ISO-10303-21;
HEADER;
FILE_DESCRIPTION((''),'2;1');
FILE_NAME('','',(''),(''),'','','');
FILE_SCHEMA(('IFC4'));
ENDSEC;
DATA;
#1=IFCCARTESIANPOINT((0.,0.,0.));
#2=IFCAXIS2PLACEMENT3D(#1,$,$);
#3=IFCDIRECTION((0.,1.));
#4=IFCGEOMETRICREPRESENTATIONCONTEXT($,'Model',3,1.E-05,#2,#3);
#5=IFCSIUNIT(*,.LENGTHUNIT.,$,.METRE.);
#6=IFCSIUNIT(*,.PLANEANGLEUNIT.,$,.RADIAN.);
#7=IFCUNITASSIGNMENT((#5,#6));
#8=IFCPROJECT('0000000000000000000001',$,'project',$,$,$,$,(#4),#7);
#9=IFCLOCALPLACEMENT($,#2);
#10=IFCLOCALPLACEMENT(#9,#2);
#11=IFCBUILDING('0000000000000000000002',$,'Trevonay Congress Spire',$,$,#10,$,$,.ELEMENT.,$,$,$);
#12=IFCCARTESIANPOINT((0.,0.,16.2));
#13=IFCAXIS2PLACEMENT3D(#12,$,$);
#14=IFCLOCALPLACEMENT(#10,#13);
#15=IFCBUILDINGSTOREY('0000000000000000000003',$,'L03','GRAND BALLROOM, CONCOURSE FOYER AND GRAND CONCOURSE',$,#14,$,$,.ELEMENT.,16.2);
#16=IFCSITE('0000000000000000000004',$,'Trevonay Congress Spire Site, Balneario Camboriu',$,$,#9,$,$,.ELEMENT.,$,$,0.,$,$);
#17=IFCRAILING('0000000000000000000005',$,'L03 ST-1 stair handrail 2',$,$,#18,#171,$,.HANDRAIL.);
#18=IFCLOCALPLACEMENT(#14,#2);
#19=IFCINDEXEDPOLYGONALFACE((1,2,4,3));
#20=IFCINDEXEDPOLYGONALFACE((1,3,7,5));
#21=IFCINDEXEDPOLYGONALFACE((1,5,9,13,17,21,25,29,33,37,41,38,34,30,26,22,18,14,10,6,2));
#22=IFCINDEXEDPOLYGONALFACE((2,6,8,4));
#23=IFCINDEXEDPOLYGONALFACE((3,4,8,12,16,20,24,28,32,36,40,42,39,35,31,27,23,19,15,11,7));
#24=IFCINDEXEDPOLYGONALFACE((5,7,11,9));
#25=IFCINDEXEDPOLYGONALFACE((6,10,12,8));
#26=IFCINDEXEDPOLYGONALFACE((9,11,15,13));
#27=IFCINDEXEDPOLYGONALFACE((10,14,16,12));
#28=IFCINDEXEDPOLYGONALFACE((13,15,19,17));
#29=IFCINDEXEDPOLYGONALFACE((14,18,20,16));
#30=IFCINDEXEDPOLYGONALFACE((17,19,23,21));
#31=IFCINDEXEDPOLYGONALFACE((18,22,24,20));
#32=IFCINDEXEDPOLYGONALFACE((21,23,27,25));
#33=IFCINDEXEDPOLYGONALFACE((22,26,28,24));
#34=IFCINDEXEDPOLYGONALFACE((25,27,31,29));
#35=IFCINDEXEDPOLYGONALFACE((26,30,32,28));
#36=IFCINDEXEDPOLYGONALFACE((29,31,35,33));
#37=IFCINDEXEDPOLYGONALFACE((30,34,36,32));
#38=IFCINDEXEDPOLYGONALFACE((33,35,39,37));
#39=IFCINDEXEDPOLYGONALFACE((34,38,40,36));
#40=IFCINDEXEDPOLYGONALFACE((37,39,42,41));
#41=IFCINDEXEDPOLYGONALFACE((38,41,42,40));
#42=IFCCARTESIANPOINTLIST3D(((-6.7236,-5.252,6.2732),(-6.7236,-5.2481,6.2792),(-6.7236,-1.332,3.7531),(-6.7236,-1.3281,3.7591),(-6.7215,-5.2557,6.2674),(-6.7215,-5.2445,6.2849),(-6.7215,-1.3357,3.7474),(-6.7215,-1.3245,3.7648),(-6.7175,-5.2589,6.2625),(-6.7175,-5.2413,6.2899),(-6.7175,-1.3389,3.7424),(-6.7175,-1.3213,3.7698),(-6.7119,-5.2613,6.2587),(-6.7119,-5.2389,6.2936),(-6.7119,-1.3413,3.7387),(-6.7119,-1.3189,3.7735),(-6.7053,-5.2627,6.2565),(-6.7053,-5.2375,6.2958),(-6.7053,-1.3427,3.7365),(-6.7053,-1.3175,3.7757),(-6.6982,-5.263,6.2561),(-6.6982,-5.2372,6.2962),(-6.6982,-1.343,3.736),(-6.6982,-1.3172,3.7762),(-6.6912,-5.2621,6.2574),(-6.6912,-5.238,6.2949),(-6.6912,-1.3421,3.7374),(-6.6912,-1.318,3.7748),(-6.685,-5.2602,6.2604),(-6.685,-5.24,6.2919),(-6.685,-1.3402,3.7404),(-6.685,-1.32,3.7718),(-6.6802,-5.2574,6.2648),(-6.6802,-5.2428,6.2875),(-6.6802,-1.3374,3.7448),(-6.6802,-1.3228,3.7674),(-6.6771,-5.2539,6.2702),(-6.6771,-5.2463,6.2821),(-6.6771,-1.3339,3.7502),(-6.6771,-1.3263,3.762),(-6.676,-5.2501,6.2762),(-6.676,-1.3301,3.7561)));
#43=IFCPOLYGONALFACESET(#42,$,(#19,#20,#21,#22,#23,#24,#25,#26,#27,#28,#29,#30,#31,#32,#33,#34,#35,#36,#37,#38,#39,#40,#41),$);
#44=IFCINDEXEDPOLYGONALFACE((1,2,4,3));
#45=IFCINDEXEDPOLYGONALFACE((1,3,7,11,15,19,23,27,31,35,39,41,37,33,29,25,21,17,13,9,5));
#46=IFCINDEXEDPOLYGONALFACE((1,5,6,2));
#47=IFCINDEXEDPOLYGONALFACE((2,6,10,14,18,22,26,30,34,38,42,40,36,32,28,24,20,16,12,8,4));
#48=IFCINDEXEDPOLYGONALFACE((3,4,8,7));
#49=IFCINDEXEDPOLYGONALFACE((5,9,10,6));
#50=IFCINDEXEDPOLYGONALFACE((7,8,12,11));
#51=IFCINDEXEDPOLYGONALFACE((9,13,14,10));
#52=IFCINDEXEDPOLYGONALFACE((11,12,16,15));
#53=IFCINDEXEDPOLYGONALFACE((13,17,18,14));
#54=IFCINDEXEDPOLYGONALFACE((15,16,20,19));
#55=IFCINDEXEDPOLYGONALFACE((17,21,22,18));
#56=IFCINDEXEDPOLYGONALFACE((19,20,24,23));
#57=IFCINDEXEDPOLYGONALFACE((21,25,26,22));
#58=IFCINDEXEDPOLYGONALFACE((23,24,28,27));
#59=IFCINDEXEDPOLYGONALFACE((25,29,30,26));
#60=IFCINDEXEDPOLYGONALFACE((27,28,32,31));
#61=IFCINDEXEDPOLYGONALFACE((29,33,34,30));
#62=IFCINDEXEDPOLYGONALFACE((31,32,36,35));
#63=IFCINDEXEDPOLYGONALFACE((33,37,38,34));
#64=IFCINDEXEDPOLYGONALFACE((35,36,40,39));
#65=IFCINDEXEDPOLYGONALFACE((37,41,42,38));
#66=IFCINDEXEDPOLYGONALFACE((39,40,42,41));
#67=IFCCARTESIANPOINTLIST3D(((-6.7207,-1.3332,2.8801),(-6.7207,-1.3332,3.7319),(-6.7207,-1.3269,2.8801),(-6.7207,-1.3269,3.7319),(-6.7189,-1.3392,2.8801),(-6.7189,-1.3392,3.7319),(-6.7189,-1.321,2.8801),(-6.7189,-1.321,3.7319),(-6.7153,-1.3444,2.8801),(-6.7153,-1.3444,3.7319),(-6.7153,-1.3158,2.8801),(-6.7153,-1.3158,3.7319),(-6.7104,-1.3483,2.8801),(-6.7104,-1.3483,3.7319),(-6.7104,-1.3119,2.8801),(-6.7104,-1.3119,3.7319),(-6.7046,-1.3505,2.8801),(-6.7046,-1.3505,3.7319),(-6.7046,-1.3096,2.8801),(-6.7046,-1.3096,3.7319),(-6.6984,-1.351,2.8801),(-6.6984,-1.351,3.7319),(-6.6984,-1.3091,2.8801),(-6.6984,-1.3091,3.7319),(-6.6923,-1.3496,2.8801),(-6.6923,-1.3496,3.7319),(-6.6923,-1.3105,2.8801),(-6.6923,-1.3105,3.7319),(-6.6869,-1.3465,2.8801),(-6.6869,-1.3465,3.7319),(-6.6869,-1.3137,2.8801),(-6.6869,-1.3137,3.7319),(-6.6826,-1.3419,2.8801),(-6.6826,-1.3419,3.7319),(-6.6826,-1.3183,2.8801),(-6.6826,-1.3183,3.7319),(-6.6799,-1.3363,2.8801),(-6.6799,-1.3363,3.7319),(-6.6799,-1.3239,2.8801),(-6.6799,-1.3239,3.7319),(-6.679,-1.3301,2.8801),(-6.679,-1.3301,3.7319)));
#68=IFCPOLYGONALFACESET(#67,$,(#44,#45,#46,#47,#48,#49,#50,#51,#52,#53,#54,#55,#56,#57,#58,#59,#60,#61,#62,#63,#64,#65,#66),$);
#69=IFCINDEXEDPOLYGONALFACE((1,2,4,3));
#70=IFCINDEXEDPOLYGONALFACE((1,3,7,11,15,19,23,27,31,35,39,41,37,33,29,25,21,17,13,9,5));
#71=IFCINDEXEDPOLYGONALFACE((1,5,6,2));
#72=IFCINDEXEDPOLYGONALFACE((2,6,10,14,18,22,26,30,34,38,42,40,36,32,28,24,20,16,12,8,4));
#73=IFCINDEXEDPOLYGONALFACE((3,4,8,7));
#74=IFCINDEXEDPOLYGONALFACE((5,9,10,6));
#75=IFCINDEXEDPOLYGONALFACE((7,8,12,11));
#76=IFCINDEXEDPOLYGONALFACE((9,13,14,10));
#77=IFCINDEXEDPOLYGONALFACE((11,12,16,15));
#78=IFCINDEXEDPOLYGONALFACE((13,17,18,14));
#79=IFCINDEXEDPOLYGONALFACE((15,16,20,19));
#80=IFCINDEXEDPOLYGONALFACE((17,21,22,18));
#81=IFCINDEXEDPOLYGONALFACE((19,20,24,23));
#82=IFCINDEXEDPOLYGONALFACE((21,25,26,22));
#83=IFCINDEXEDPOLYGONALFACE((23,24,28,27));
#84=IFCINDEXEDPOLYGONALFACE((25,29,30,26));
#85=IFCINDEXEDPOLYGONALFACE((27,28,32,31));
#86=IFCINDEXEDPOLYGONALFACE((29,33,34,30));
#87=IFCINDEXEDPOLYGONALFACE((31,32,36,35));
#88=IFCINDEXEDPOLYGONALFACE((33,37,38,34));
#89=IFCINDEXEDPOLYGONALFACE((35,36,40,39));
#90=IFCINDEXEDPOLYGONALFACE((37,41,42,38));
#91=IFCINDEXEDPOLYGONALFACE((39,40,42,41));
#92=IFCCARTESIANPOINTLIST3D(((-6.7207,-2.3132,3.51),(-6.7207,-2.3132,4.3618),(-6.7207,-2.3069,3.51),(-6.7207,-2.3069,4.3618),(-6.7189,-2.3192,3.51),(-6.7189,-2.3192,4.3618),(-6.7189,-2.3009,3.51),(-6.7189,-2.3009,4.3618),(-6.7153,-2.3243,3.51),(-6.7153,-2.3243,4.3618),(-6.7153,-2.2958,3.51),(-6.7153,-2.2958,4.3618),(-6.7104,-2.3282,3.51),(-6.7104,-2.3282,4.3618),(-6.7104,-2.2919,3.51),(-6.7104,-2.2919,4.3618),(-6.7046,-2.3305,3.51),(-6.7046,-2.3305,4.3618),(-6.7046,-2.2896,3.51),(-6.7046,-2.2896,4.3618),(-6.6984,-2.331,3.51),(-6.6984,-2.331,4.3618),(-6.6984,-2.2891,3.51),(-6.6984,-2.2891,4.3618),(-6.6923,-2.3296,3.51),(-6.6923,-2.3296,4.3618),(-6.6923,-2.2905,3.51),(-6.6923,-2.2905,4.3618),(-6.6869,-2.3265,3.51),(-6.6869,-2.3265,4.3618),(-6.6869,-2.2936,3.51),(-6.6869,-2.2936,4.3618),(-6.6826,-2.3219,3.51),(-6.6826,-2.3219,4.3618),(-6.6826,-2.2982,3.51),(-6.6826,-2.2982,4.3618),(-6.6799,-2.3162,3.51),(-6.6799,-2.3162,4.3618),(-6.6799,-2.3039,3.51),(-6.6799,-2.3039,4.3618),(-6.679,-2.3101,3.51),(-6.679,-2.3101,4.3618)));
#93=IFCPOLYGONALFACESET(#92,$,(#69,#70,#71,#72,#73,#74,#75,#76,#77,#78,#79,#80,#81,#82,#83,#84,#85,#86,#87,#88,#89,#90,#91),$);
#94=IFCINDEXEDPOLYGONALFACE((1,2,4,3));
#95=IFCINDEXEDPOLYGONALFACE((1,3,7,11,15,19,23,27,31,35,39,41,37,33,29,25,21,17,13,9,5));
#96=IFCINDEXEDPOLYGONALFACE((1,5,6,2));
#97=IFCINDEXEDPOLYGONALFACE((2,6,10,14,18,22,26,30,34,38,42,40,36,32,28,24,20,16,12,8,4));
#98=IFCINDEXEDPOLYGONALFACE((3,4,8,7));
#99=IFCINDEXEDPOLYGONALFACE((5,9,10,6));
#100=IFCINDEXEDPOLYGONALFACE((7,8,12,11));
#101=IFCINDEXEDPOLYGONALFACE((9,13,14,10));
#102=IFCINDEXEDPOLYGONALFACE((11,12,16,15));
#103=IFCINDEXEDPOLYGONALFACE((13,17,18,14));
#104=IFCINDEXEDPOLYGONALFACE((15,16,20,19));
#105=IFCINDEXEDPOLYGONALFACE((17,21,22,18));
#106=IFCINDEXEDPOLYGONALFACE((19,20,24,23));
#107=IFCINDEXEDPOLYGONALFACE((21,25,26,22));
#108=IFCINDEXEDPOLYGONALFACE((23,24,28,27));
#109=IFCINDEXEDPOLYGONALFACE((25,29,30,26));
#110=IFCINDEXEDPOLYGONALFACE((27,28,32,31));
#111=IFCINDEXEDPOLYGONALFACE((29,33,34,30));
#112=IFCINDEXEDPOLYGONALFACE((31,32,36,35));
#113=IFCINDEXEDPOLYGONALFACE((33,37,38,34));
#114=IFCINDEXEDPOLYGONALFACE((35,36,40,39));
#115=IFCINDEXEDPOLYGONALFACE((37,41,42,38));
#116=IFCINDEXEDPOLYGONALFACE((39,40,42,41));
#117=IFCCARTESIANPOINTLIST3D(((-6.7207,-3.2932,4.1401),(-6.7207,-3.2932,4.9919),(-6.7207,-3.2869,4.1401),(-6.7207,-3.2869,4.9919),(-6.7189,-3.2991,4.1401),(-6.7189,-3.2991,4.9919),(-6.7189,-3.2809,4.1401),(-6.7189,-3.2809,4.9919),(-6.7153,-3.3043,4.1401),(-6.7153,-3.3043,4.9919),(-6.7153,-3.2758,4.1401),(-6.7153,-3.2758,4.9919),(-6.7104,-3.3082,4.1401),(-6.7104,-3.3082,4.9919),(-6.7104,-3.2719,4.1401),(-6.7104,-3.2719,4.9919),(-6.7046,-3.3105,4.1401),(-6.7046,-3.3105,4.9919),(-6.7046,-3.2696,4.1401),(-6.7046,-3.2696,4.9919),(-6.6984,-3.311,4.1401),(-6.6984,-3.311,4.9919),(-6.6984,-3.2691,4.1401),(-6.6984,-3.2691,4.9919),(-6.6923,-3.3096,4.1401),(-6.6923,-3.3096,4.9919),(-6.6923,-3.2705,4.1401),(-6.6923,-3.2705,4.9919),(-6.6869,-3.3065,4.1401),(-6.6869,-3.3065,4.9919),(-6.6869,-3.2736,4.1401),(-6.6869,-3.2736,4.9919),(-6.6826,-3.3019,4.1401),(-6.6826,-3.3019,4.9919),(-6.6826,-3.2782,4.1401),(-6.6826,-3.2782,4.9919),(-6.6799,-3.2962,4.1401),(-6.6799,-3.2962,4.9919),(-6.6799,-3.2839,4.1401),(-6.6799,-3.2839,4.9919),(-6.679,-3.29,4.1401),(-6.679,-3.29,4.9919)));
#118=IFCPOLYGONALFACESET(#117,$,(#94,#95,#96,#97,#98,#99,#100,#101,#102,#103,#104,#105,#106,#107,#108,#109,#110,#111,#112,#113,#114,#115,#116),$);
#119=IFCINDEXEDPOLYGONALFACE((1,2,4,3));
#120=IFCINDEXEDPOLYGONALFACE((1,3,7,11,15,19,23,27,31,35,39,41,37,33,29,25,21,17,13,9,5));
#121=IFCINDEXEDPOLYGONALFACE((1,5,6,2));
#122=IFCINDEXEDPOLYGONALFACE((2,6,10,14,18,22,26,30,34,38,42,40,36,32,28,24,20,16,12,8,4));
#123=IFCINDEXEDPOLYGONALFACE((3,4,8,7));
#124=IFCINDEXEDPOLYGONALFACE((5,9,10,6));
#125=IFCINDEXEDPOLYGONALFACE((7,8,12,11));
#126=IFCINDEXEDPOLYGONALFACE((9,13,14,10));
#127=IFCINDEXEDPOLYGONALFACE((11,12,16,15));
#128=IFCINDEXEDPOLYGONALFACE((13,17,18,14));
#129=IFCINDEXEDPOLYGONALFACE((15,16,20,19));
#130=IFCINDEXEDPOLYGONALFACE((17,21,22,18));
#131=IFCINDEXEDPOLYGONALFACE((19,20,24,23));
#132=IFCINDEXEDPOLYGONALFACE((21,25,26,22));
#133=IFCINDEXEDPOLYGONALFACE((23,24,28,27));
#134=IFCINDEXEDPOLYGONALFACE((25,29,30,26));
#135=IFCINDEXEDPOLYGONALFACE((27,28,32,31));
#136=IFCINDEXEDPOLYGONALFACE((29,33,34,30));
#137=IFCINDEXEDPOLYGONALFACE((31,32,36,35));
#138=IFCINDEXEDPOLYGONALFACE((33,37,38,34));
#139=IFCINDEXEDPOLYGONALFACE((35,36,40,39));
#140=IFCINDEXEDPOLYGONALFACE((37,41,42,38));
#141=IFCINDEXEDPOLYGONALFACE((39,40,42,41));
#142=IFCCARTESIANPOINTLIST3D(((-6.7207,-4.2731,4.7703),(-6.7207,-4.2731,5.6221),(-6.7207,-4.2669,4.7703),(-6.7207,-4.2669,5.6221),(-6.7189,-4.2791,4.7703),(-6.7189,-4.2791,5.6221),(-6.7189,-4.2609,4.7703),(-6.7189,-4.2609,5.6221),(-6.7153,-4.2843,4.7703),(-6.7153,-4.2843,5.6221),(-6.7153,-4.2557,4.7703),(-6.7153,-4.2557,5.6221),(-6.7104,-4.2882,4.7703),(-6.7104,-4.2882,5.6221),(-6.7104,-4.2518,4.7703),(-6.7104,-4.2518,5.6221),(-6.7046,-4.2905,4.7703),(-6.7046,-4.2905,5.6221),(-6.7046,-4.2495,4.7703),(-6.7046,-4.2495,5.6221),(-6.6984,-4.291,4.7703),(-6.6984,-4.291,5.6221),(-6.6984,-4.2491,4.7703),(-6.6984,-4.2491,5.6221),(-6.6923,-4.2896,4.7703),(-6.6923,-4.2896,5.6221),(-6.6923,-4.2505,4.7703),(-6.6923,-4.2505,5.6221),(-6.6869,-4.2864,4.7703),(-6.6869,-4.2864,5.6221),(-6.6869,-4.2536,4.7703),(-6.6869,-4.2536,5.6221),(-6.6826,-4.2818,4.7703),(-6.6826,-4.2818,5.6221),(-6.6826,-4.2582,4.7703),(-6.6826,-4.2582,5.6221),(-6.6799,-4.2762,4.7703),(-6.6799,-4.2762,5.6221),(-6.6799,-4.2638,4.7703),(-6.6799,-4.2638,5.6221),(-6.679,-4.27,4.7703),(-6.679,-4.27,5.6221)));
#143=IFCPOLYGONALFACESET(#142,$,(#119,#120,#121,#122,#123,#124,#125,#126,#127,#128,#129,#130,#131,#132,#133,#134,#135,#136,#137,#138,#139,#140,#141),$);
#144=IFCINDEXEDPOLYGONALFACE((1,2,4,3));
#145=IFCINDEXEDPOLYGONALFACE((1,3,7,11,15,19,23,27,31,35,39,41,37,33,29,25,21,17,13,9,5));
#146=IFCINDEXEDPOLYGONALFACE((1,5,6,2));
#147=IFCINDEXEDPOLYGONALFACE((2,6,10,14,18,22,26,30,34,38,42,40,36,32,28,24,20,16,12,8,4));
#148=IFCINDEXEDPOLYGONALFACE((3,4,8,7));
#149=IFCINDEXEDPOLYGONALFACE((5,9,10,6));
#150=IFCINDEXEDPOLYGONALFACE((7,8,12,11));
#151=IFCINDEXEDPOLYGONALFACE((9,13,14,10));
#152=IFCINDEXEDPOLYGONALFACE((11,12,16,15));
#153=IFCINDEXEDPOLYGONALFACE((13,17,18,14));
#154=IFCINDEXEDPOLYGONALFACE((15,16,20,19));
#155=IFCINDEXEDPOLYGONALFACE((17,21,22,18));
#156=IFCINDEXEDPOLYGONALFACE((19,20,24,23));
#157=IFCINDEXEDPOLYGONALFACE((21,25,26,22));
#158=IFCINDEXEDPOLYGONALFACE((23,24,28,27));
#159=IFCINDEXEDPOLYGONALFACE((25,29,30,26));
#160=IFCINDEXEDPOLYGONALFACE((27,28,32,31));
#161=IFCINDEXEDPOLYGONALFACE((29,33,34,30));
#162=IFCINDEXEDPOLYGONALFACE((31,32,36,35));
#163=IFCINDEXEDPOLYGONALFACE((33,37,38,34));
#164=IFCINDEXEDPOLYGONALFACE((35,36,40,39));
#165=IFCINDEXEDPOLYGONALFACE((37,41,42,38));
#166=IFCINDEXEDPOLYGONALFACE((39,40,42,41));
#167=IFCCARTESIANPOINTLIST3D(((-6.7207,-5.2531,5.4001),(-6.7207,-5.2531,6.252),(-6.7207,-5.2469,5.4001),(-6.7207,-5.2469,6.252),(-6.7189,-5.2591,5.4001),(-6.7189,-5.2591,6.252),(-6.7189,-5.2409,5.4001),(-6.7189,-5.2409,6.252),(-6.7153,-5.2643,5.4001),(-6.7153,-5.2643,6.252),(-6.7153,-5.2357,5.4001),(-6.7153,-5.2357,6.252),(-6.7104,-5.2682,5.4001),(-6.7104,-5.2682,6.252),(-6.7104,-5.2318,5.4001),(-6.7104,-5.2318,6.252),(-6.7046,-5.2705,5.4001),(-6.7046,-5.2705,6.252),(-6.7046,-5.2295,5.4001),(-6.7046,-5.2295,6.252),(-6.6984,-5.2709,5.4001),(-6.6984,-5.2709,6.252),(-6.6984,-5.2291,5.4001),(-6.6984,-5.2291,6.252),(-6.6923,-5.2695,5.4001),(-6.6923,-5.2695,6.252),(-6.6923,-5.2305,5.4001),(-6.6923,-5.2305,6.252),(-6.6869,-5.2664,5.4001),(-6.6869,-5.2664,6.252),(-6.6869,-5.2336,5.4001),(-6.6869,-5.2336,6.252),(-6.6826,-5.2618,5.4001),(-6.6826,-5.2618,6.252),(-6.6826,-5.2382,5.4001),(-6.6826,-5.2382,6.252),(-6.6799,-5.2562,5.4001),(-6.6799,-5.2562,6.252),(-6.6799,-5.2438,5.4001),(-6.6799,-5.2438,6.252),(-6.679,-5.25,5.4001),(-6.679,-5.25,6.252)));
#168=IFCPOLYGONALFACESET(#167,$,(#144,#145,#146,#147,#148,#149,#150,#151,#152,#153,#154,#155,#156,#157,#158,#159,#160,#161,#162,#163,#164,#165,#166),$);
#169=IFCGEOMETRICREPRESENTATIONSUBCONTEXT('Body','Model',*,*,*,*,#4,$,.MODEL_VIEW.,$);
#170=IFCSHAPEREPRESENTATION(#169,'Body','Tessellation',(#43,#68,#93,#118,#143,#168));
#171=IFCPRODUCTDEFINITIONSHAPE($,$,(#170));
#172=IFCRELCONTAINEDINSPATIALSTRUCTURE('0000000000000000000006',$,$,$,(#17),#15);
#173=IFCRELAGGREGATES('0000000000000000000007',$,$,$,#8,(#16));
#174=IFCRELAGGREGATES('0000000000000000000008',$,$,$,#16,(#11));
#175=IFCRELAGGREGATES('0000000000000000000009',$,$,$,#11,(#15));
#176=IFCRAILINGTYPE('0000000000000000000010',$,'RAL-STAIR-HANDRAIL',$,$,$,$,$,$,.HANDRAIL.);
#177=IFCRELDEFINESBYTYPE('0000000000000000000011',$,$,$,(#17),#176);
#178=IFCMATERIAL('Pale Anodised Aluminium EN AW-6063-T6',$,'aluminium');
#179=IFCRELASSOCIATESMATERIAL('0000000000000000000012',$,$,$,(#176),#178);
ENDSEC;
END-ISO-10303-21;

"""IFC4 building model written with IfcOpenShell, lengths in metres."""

from ifc_helpers import new_model, si_unit, direction, frame, origin, origin_2d, place, context, subcontext, project, spatial, circle, extrude, material, type_object, element, save


model = new_model("IFC4")

# Units and contexts
model_context = context("Model", 3, precision=1e-05, world=origin(), true_north=direction((0.0, 1.0)))
body_context = subcontext(model_context, "Body", "Model", "MODEL_VIEW")
ifc_project = project(units=[si_unit("LENGTHUNIT", "METRE"), si_unit("PLANEANGLEUNIT", "RADIAN")], contexts=[model_context])

# Site, building, storey
site_placement = place(None, origin())
site = spatial("IfcSite", under=ifc_project, at=site_placement, Name="Trevonay Congress Spire Site, Balneario Camboriu", CompositionType="ELEMENT", RefElevation=0.0)
building_placement = place(site_placement, origin())
building = spatial("IfcBuilding", under=site, at=building_placement, Name="Trevonay Congress Spire", CompositionType="ELEMENT")
storey_placement = place(building_placement, frame((0.0, 0.0, 16.2)))
storey = spatial("IfcBuildingStorey", under=building, at=storey_placement, Name="L03", Description="GRAND BALLROOM, CONCOURSE FOYER AND GRAND CONCOURSE", CompositionType="ELEMENT", Elevation=16.2)

# Railing
ifc_material_1 = material(Name="Pale Anodised Aluminium EN AW-6063-T6", Category="aluminium")
railing_type_1 = type_object("IfcRailingType", Name="RAL-STAIR-HANDRAIL", PredefinedType="HANDRAIL", material=ifc_material_1)
railing_1_placement = place(storey_placement, frame((-6.7, -1.3301, 2.8801)))
element("IfcRailing", 1, at=railing_1_placement, inside=storey, type_object=railing_type_1, Name="L03 ST-1 stair handrail 2", PredefinedType="HANDRAIL", context=body_context, shape_type="SweptSolid", body=[
    extrude(circle(Radius=0.0239, at=origin_2d()), frame((0.0, 0.0, 0.876), z_axis=(0.0, -0.841172, 0.540768), x_axis=(1.0, 0.0, 0.0)), (0.0, 0.0, 1.0), 4.6602),
    extrude(circle(Radius=0.021, at=origin_2d()), origin(), (0.0, 0.0, 1.0), 0.8518),
    extrude(circle(Radius=0.021, at=origin_2d()), frame((0.0, -0.98, 0.6299)), (0.0, 0.0, 1.0), 0.8518),
    extrude(circle(Radius=0.021, at=origin_2d()), frame((0.0, -1.96, 1.26)), (0.0, 0.0, 1.0), 0.8518),
    extrude(circle(Radius=0.021, at=origin_2d()), frame((0.0, -2.9399, 1.8901)), (0.0, 0.0, 1.0), 0.8518),
    extrude(circle(Radius=0.021, at=origin_2d()), frame((0.0, -3.9199, 2.52)), (0.0, 0.0, 1.0), 0.8518),
])

save(model, "model.ifc")
